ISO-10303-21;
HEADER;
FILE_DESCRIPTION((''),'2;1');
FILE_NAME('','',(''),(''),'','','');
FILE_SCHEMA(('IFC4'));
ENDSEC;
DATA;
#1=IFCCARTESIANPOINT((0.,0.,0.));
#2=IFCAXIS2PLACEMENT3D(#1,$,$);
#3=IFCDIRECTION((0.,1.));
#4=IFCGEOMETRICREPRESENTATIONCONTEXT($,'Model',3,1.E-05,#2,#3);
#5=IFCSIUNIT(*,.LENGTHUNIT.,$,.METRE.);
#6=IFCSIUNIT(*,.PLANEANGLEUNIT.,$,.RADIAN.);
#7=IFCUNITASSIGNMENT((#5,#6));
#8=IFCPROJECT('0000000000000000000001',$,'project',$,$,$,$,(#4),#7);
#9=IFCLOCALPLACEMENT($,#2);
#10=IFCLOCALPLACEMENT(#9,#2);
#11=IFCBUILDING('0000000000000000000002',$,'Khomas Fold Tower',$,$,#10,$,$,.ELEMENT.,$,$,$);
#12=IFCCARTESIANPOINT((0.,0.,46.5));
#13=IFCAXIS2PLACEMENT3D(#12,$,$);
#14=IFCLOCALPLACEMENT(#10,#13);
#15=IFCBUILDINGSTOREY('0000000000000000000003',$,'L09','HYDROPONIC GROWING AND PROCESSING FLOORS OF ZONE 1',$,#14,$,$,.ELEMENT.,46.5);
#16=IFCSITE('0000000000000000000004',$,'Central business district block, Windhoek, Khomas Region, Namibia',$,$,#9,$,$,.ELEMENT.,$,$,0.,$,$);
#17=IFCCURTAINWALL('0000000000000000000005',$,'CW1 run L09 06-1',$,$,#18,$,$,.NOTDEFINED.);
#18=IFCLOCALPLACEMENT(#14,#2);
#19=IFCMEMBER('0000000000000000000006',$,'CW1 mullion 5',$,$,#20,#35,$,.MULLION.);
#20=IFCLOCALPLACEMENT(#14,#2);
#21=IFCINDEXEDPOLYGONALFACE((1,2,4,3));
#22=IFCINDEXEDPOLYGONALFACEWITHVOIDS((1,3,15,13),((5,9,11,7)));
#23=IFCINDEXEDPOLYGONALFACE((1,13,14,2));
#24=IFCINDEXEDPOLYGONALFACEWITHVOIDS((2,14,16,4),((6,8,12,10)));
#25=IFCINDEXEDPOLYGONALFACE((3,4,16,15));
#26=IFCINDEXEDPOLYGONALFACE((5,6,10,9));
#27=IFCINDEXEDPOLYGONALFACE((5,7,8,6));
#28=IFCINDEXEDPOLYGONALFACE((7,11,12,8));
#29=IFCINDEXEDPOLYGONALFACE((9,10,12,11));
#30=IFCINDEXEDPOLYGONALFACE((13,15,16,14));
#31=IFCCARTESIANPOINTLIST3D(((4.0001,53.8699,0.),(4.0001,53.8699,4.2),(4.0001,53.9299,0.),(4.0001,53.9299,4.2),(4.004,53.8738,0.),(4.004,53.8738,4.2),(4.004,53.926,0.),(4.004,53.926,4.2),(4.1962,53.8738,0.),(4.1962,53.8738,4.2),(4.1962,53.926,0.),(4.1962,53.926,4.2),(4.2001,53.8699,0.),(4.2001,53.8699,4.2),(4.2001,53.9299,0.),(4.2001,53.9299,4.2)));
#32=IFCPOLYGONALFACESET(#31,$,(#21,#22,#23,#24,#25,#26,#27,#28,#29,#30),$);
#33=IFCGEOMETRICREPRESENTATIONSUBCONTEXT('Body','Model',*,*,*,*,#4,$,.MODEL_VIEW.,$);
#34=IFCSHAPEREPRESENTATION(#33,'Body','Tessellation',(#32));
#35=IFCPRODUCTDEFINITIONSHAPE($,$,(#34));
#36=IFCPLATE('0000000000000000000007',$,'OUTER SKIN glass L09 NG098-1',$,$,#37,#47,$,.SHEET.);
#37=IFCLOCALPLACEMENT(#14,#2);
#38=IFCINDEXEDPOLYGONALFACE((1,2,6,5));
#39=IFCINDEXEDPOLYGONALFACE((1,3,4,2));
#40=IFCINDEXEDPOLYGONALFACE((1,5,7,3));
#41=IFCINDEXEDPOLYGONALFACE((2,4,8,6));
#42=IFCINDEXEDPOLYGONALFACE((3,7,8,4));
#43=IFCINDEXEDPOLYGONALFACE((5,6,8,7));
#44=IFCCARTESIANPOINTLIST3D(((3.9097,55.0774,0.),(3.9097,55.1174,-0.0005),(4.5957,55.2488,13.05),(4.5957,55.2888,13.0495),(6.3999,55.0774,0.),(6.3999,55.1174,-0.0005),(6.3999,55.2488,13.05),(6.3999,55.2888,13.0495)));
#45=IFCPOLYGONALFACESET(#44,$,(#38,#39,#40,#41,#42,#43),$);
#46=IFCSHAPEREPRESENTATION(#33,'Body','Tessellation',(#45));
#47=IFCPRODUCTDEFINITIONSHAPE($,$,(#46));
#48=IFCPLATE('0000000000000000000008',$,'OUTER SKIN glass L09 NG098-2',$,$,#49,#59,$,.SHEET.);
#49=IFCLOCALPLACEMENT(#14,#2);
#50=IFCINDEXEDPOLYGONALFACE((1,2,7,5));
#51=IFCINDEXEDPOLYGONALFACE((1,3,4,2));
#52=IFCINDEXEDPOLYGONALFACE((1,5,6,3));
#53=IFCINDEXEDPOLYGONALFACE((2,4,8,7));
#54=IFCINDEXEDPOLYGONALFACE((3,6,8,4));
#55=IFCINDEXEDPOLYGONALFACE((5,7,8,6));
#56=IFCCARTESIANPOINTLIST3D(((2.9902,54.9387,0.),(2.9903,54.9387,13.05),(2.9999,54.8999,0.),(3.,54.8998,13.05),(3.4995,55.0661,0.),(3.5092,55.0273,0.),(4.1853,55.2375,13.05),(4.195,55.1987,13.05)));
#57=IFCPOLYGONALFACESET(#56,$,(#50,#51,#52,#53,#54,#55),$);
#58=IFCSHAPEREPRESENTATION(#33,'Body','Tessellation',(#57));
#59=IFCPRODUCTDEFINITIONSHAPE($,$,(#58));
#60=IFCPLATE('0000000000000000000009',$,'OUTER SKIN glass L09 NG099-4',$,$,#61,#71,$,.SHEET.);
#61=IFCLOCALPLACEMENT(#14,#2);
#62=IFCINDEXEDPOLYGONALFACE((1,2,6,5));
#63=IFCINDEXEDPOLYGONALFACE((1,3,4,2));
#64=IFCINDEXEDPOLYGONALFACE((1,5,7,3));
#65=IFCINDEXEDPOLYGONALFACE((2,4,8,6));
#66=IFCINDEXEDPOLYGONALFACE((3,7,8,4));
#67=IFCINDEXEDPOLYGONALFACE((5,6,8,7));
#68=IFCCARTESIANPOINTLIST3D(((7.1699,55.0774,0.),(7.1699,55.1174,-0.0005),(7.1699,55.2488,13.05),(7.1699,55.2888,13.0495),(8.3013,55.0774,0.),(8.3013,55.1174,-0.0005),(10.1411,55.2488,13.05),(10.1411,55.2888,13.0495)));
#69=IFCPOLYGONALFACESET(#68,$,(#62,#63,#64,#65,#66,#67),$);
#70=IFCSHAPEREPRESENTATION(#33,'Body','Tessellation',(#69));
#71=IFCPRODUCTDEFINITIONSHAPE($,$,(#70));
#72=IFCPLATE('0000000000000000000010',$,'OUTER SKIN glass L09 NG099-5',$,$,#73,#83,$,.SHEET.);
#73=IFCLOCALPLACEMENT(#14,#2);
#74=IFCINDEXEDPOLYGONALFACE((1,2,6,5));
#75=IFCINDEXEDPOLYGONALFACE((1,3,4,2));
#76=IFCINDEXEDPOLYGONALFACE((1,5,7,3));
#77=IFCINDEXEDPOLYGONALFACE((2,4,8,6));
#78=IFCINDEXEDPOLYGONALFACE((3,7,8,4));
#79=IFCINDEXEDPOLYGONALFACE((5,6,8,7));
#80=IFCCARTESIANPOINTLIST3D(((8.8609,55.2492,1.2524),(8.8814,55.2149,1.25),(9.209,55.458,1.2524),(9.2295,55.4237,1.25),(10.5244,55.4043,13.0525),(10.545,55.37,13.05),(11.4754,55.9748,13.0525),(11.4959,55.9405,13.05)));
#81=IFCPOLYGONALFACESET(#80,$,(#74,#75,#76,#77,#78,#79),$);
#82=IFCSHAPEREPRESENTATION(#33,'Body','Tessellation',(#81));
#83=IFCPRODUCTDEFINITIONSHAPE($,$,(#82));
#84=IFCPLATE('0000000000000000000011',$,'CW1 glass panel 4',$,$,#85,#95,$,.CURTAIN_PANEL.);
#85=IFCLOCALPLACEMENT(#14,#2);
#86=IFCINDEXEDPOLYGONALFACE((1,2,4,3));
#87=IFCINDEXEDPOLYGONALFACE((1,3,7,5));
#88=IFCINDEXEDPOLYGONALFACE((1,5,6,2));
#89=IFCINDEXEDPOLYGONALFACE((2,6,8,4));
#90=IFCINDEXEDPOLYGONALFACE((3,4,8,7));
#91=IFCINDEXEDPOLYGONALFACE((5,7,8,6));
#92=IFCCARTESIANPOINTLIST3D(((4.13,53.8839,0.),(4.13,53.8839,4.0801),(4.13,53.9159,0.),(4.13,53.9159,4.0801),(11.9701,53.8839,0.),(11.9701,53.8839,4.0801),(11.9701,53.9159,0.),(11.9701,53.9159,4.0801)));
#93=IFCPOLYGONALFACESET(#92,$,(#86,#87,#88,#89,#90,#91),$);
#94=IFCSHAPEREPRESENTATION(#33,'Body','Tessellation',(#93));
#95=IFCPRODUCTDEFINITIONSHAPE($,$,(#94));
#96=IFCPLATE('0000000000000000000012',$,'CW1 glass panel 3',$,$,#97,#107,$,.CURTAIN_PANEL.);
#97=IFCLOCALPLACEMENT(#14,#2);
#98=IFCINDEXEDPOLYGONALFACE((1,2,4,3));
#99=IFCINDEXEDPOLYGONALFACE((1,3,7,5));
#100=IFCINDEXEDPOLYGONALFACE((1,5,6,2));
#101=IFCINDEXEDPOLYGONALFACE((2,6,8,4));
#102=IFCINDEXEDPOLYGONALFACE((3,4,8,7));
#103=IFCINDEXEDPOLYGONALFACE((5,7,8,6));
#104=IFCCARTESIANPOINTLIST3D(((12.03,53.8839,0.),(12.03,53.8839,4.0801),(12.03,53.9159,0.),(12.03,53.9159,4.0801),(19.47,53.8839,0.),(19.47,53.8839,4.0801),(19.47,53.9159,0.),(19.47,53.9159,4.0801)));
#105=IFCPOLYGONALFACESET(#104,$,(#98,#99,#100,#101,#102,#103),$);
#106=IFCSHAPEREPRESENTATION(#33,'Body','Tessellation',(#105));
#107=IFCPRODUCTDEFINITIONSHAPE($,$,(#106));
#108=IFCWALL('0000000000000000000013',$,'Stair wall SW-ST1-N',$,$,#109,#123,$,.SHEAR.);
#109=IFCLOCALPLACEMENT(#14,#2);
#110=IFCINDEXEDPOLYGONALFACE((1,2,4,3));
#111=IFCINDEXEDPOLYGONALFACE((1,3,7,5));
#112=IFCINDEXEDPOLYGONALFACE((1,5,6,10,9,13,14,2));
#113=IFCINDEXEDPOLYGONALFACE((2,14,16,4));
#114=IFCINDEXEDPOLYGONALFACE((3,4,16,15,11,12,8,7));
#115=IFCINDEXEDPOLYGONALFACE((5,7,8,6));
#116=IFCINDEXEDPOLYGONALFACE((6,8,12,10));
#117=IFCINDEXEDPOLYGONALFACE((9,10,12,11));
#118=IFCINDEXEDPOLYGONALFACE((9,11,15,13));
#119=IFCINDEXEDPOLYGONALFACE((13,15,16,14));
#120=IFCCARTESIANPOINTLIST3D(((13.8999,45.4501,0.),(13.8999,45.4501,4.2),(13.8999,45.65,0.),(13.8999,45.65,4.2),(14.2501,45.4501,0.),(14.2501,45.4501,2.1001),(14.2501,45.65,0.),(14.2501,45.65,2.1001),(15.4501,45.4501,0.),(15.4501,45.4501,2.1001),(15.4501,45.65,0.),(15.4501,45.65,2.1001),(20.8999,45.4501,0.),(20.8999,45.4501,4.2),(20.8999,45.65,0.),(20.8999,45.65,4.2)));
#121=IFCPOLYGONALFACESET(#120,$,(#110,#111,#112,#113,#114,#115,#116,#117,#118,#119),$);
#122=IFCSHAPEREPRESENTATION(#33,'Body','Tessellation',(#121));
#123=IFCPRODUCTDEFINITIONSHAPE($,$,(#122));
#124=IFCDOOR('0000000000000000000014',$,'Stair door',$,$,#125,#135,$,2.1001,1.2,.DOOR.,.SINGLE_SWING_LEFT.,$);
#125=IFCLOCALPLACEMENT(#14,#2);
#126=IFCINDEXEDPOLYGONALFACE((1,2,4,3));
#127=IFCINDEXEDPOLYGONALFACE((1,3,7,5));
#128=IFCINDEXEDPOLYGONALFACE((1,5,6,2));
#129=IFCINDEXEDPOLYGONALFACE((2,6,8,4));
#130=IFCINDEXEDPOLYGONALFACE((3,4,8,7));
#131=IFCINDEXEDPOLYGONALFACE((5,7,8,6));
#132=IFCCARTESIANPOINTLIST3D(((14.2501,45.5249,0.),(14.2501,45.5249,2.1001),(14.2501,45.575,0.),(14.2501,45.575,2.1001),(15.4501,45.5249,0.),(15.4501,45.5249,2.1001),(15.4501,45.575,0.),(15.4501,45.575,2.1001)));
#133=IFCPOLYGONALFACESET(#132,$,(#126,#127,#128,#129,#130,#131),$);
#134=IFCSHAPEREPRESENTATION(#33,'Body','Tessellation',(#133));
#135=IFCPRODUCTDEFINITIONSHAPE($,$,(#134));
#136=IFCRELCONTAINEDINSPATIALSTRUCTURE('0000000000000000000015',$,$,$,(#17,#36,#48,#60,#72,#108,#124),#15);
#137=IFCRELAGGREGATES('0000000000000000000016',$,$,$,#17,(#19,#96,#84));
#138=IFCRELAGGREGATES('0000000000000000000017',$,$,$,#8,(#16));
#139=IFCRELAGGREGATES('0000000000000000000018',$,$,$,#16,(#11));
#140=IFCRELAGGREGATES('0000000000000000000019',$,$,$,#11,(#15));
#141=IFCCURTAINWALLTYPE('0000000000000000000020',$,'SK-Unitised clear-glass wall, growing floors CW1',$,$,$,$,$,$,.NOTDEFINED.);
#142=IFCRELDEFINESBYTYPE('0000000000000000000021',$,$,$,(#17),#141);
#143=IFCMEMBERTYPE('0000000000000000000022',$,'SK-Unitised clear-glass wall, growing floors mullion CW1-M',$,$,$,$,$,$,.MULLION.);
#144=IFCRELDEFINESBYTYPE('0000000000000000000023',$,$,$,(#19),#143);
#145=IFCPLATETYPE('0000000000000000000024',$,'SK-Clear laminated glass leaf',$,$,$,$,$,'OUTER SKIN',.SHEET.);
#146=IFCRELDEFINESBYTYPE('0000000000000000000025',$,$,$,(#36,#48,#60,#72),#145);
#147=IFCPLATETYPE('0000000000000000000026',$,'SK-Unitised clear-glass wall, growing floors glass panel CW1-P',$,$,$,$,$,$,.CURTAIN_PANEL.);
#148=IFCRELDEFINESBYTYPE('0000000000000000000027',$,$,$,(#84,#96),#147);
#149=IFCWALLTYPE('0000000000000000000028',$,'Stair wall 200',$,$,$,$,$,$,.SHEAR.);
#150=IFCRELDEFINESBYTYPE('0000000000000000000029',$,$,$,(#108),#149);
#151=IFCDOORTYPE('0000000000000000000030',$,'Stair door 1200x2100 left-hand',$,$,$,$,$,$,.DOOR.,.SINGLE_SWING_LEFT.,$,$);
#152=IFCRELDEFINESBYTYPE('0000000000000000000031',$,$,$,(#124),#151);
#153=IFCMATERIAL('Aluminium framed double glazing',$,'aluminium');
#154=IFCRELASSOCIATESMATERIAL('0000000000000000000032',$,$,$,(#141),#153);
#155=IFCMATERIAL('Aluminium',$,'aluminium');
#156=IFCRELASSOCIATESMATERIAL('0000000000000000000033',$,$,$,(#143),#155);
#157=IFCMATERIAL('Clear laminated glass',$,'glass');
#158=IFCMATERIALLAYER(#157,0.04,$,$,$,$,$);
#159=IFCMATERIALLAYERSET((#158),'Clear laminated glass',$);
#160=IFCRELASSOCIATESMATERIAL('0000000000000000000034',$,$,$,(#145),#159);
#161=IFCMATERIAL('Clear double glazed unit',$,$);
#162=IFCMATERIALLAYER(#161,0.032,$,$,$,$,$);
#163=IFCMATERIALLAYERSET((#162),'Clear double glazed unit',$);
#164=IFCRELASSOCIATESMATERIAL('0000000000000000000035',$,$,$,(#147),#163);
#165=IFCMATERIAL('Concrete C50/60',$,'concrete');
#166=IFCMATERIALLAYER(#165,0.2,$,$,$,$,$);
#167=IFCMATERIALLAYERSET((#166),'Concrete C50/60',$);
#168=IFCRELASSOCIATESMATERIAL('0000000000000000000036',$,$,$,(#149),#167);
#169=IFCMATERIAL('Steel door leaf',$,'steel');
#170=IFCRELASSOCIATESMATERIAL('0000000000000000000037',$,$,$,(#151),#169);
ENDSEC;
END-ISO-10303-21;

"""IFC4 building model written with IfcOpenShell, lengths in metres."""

from ifc_helpers import new_model, si_unit, direction, frame, frame_2d, origin, origin_2d, place, context, subcontext, project, spatial, polyline, rectangle, hollow_rectangle, outline, extrude, source, transform, mapped, material, layer, layer_set, material_profile, profile_set, type_object, element, fill, aggregate, save


model = new_model("IFC4")

# Units and contexts
model_context = context("Model", 3, precision=1e-05, world=origin(), true_north=direction((0.0, 1.0)))
body_context = subcontext(model_context, "Body", "Model", "MODEL_VIEW")
ifc_project = project(units=[si_unit("LENGTHUNIT", "METRE"), si_unit("PLANEANGLEUNIT", "RADIAN")], contexts=[model_context])

# Site, building, storey
site_placement = place(None, origin())
site = spatial("IfcSite", under=ifc_project, at=site_placement, Name="Central business district block, Windhoek, Khomas Region, Namibia", CompositionType="ELEMENT", RefElevation=0.0)
building_placement = place(site_placement, origin())
building = spatial("IfcBuilding", under=site, at=building_placement, Name="Khomas Fold Tower", CompositionType="ELEMENT")
storey_placement = place(building_placement, frame((0.0, 0.0, 46.5)))
storey = spatial("IfcBuildingStorey", under=building, at=storey_placement, Name="L09", Description="HYDROPONIC GROWING AND PROCESSING FLOORS OF ZONE 1", CompositionType="ELEMENT", Elevation=46.5)

# Curtain wall, member
ifc_material_1 = material(Name="Aluminium framed double glazing", Category="aluminium")
curtain_wall_type = type_object("IfcCurtainWallType", Name="SK-Unitised clear-glass wall, growing floors CW1", PredefinedType="NOTDEFINED", material=ifc_material_1)
curtain_wall_placement = place(storey_placement, origin())
curtain_wall = element("IfcCurtainWall", 1, at=curtain_wall_placement, inside=storey, type_object=curtain_wall_type, Name="CW1 run L09 06-1", PredefinedType="NOTDEFINED")
ifc_material_2 = material(Name="Aluminium", Category="aluminium")
ifc_material_profile_1 = material_profile(ifc_material_2, hollow_rectangle(XDim=0.0601, YDim=0.2, WallThickness=0.0039, at=origin_2d()), Name="SK-Unitised clear-glass wall, growing floors mullion CW1-M")
ifc_profile_set_1 = profile_set([ifc_material_profile_1], Name="Aluminium")
member_type_1 = type_object("IfcMemberType", Name="SK-Unitised clear-glass wall, growing floors mullion CW1-M", PredefinedType="MULLION", material=ifc_profile_set_1)
shared_shape_1 = source(origin(), body_context, "Body", "SweptSolid", [
    extrude(hollow_rectangle(XDim=0.0601, YDim=0.2, WallThickness=0.0039, at=origin_2d()), origin(), (0.0, 0.0, 1.0), 4.2),
])
member_1_placement = place(storey_placement, frame((4.1001, 53.8999, 0.0), z_axis=(0.0, 0.0, 1.0), x_axis=(0.0, -1.0, 0.0)))
member_1 = element("IfcMember", 2, at=member_1_placement, type_object=member_type_1, Name="CW1 mullion 5", PredefinedType="MULLION", context=body_context, shape_type="MappedRepresentation", body=[
    mapped(shared_shape_1, transform((0.0, 0.0, 0.0))),
])

# Plates
ifc_material_3 = material(Name="Clear laminated glass", Category="glass")
ifc_layer_1 = layer(ifc_material_3, 0.04)
ifc_layer_set_1 = layer_set([ifc_layer_1], Name="Clear laminated glass")
plate_type_1 = type_object("IfcPlateType", Name="SK-Clear laminated glass leaf", ElementType="OUTER SKIN", PredefinedType="SHEET", material=ifc_layer_set_1)
plate_1_placement = place(storey_placement, frame((6.3999, 55.0774, 0.0), z_axis=(0.0, -0.999914, 0.013132), x_axis=(-1.0, 0.0, 0.0)))
element("IfcPlate", 3, at=plate_1_placement, inside=storey, type_object=plate_type_1, Name="OUTER SKIN glass L09 NG098-1", PredefinedType="SHEET", context=body_context, shape_type="SweptSolid", body=[
    extrude(outline(polyline([(0.0, 0.0), (2.4902, 0.0), (1.8042, -13.0512), (0.0, -13.0512), (0.0, 0.0)])), origin(), (0.0, 0.0, -1.0), 0.04),
])
plate_2_placement = place(storey_placement, frame((4.1853, 55.2375, 13.05), z_axis=(-0.242634, 0.970118, 0.000005), x_axis=(-0.052473, -0.013119, -0.998536)))
element("IfcPlate", 4, at=plate_2_placement, inside=storey, type_object=plate_type_1, Name="OUTER SKIN glass L09 NG098-2", PredefinedType="SHEET", context=body_context, shape_type="SweptSolid", body=[
    extrude(outline(polyline([(0.0, 0.0), (13.0692, 0.0), (13.0976, 0.5242), (0.0666, 1.2301), (0.0, 0.0)])), origin(), (0.0, 0.0, -1.0), 0.04),
])
plate_3_placement = place(storey_placement, frame((8.3013, 55.0774, 0.0), z_axis=(0.0, -0.999914, 0.013132), x_axis=(-1.0, 0.0, 0.0)))
element("IfcPlate", 5, at=plate_3_placement, inside=storey, type_object=plate_type_1, Name="OUTER SKIN glass L09 NG099-4", PredefinedType="SHEET", context=body_context, shape_type="SweptSolid", body=[
    extrude(outline(polyline([(0.0, 0.0), (1.1313, 0.0), (1.1313, -13.0512), (-1.8398, -13.0512), (0.0, 0.0)])), origin(), (0.0, 0.0, -1.0), 0.04),
])
plate_4_placement = place(storey_placement, frame((10.5244, 55.4043, 13.0525), z_axis=(-0.513462, 0.855932, 0.061135), x_axis=(0.857535, 0.514425, -0.000005)))
element("IfcPlate", 6, at=plate_4_placement, inside=storey, type_object=plate_type_1, Name="OUTER SKIN glass L09 NG099-5", PredefinedType="SHEET", context=body_context, shape_type="SweptSolid", body=[
    extrude(outline(polyline([(0.0, 0.0), (1.109, 0.0), (-1.1003, 11.8222), (-1.5063, 11.8222), (0.0, 0.0)])), origin(), (0.0, 0.0, -1.0), 0.04),
])

# Plates
ifc_material_4 = material(Name="Clear double glazed unit")
ifc_layer_2 = layer(ifc_material_4, 0.032)
ifc_layer_set_2 = layer_set([ifc_layer_2], Name="Clear double glazed unit")
plate_type_2 = type_object("IfcPlateType", Name="SK-Unitised clear-glass wall, growing floors glass panel CW1-P", PredefinedType="CURTAIN_PANEL", material=ifc_layer_set_2)
shared_shape_2 = source(origin(), body_context, "Body", "SweptSolid", [
    extrude(rectangle(XDim=7.8401, YDim=0.032, at=origin_2d()), origin(), (0.0, 0.0, 1.0), 4.0801),
])
plate_5_placement = place(storey_placement, frame((8.05, 53.8999, 0.0), z_axis=(0.0, 0.0, 1.0), x_axis=(-1.0, 0.0, 0.0)))
plate_5 = element("IfcPlate", 7, at=plate_5_placement, type_object=plate_type_2, Name="CW1 glass panel 4", PredefinedType="CURTAIN_PANEL", context=body_context, shape_type="MappedRepresentation", body=[
    mapped(shared_shape_2, transform((0.0, 0.0, 0.0))),
])
shared_shape_3 = source(origin(), body_context, "Body", "SweptSolid", [
    extrude(rectangle(XDim=7.4399, YDim=0.032, at=origin_2d()), origin(), (0.0, 0.0, 1.0), 4.0801),
])
plate_6_placement = place(storey_placement, frame((15.75, 53.8999, 0.0), z_axis=(0.0, 0.0, 1.0), x_axis=(-1.0, 0.0, 0.0)))
plate_6 = element("IfcPlate", 8, at=plate_6_placement, type_object=plate_type_2, Name="CW1 glass panel 3", PredefinedType="CURTAIN_PANEL", context=body_context, shape_type="MappedRepresentation", body=[
    mapped(shared_shape_3, transform((0.0, 0.0, 0.0))),
])
aggregate(curtain_wall, [member_1, plate_6, plate_5])

# Wall, opening, door
ifc_material_5 = material(Name="Concrete C50/60", Category="concrete")
ifc_layer_3 = layer(ifc_material_5, 0.2)
ifc_layer_set_3 = layer_set([ifc_layer_3], Name="Concrete C50/60")
wall_type_1 = type_object("IfcWallType", Name="Stair wall 200", PredefinedType="SHEAR", material=ifc_layer_set_3)
shared_shape_4 = source(origin(), body_context, "Body", "SweptSolid", [
    extrude(rectangle(XDim=7.0, YDim=0.2, at=frame_2d((3.5, 0.0))), origin(), (0.0, 0.0, 1.0), 4.2),
])
wall_1_placement = place(storey_placement, frame((13.8999, 45.55, 0.0), z_axis=(0.0, 0.0, 1.0), x_axis=(1.0, 0.0, 0.0)))
wall_1 = element("IfcWall", 9, at=wall_1_placement, inside=storey, type_object=wall_type_1, Name="Stair wall SW-ST1-N", PredefinedType="SHEAR", context=body_context, shape_type="MappedRepresentation", body=[
    mapped(shared_shape_4, transform((0.0, 0.0, 0.0))),
])
shared_shape_5 = source(origin(), body_context, "Body", "SweptSolid", [
    extrude(rectangle(XDim=1.2, YDim=2.1001, at=frame_2d((0.6001, 1.05))), frame((0.0, 0.1099, 0.0), z_axis=(0.0, -1.0, 0.0), x_axis=(1.0, 0.0, 0.0)), (0.0, 0.0, 1.0), 0.22),
])
opening_1_placement = place(wall_1_placement, frame((0.3501, 0.0, 0.0)))
opening_1 = element("IfcOpeningElement", 10, at=opening_1_placement, cuts=wall_1, PredefinedType="OPENING", context=body_context, shape_type="MappedRepresentation", body=[
    mapped(shared_shape_5, transform((0.0, 0.0, 0.0))),
])
ifc_material_6 = material(Name="Steel door leaf", Category="steel")
door_type_1 = type_object("IfcDoorType", Name="Stair door 1200x2100 left-hand", OperationType="SINGLE_SWING_LEFT", PredefinedType="DOOR", material=ifc_material_6)
shared_shape_6 = source(origin(), body_context, "Body", "SweptSolid", [
    extrude(rectangle(XDim=1.2, YDim=2.1001, at=frame_2d((0.6001, 1.05))), frame((0.0, 0.0249, 0.0), z_axis=(0.0, -1.0, 0.0), x_axis=(1.0, 0.0, 0.0)), (0.0, 0.0, 1.0), 0.05),
])
door_1_placement = place(opening_1_placement, origin())
door_1 = element("IfcDoor", 11, at=door_1_placement, inside=storey, type_object=door_type_1, Name="Stair door", OperationType="SINGLE_SWING_LEFT", OverallHeight=2.1001, OverallWidth=1.2, PredefinedType="DOOR", context=body_context, shape_type="MappedRepresentation", body=[
    mapped(shared_shape_6, transform((0.0, 0.0, 0.0))),
])
fill(opening_1, door_1)

save(model, "model.ifc")
